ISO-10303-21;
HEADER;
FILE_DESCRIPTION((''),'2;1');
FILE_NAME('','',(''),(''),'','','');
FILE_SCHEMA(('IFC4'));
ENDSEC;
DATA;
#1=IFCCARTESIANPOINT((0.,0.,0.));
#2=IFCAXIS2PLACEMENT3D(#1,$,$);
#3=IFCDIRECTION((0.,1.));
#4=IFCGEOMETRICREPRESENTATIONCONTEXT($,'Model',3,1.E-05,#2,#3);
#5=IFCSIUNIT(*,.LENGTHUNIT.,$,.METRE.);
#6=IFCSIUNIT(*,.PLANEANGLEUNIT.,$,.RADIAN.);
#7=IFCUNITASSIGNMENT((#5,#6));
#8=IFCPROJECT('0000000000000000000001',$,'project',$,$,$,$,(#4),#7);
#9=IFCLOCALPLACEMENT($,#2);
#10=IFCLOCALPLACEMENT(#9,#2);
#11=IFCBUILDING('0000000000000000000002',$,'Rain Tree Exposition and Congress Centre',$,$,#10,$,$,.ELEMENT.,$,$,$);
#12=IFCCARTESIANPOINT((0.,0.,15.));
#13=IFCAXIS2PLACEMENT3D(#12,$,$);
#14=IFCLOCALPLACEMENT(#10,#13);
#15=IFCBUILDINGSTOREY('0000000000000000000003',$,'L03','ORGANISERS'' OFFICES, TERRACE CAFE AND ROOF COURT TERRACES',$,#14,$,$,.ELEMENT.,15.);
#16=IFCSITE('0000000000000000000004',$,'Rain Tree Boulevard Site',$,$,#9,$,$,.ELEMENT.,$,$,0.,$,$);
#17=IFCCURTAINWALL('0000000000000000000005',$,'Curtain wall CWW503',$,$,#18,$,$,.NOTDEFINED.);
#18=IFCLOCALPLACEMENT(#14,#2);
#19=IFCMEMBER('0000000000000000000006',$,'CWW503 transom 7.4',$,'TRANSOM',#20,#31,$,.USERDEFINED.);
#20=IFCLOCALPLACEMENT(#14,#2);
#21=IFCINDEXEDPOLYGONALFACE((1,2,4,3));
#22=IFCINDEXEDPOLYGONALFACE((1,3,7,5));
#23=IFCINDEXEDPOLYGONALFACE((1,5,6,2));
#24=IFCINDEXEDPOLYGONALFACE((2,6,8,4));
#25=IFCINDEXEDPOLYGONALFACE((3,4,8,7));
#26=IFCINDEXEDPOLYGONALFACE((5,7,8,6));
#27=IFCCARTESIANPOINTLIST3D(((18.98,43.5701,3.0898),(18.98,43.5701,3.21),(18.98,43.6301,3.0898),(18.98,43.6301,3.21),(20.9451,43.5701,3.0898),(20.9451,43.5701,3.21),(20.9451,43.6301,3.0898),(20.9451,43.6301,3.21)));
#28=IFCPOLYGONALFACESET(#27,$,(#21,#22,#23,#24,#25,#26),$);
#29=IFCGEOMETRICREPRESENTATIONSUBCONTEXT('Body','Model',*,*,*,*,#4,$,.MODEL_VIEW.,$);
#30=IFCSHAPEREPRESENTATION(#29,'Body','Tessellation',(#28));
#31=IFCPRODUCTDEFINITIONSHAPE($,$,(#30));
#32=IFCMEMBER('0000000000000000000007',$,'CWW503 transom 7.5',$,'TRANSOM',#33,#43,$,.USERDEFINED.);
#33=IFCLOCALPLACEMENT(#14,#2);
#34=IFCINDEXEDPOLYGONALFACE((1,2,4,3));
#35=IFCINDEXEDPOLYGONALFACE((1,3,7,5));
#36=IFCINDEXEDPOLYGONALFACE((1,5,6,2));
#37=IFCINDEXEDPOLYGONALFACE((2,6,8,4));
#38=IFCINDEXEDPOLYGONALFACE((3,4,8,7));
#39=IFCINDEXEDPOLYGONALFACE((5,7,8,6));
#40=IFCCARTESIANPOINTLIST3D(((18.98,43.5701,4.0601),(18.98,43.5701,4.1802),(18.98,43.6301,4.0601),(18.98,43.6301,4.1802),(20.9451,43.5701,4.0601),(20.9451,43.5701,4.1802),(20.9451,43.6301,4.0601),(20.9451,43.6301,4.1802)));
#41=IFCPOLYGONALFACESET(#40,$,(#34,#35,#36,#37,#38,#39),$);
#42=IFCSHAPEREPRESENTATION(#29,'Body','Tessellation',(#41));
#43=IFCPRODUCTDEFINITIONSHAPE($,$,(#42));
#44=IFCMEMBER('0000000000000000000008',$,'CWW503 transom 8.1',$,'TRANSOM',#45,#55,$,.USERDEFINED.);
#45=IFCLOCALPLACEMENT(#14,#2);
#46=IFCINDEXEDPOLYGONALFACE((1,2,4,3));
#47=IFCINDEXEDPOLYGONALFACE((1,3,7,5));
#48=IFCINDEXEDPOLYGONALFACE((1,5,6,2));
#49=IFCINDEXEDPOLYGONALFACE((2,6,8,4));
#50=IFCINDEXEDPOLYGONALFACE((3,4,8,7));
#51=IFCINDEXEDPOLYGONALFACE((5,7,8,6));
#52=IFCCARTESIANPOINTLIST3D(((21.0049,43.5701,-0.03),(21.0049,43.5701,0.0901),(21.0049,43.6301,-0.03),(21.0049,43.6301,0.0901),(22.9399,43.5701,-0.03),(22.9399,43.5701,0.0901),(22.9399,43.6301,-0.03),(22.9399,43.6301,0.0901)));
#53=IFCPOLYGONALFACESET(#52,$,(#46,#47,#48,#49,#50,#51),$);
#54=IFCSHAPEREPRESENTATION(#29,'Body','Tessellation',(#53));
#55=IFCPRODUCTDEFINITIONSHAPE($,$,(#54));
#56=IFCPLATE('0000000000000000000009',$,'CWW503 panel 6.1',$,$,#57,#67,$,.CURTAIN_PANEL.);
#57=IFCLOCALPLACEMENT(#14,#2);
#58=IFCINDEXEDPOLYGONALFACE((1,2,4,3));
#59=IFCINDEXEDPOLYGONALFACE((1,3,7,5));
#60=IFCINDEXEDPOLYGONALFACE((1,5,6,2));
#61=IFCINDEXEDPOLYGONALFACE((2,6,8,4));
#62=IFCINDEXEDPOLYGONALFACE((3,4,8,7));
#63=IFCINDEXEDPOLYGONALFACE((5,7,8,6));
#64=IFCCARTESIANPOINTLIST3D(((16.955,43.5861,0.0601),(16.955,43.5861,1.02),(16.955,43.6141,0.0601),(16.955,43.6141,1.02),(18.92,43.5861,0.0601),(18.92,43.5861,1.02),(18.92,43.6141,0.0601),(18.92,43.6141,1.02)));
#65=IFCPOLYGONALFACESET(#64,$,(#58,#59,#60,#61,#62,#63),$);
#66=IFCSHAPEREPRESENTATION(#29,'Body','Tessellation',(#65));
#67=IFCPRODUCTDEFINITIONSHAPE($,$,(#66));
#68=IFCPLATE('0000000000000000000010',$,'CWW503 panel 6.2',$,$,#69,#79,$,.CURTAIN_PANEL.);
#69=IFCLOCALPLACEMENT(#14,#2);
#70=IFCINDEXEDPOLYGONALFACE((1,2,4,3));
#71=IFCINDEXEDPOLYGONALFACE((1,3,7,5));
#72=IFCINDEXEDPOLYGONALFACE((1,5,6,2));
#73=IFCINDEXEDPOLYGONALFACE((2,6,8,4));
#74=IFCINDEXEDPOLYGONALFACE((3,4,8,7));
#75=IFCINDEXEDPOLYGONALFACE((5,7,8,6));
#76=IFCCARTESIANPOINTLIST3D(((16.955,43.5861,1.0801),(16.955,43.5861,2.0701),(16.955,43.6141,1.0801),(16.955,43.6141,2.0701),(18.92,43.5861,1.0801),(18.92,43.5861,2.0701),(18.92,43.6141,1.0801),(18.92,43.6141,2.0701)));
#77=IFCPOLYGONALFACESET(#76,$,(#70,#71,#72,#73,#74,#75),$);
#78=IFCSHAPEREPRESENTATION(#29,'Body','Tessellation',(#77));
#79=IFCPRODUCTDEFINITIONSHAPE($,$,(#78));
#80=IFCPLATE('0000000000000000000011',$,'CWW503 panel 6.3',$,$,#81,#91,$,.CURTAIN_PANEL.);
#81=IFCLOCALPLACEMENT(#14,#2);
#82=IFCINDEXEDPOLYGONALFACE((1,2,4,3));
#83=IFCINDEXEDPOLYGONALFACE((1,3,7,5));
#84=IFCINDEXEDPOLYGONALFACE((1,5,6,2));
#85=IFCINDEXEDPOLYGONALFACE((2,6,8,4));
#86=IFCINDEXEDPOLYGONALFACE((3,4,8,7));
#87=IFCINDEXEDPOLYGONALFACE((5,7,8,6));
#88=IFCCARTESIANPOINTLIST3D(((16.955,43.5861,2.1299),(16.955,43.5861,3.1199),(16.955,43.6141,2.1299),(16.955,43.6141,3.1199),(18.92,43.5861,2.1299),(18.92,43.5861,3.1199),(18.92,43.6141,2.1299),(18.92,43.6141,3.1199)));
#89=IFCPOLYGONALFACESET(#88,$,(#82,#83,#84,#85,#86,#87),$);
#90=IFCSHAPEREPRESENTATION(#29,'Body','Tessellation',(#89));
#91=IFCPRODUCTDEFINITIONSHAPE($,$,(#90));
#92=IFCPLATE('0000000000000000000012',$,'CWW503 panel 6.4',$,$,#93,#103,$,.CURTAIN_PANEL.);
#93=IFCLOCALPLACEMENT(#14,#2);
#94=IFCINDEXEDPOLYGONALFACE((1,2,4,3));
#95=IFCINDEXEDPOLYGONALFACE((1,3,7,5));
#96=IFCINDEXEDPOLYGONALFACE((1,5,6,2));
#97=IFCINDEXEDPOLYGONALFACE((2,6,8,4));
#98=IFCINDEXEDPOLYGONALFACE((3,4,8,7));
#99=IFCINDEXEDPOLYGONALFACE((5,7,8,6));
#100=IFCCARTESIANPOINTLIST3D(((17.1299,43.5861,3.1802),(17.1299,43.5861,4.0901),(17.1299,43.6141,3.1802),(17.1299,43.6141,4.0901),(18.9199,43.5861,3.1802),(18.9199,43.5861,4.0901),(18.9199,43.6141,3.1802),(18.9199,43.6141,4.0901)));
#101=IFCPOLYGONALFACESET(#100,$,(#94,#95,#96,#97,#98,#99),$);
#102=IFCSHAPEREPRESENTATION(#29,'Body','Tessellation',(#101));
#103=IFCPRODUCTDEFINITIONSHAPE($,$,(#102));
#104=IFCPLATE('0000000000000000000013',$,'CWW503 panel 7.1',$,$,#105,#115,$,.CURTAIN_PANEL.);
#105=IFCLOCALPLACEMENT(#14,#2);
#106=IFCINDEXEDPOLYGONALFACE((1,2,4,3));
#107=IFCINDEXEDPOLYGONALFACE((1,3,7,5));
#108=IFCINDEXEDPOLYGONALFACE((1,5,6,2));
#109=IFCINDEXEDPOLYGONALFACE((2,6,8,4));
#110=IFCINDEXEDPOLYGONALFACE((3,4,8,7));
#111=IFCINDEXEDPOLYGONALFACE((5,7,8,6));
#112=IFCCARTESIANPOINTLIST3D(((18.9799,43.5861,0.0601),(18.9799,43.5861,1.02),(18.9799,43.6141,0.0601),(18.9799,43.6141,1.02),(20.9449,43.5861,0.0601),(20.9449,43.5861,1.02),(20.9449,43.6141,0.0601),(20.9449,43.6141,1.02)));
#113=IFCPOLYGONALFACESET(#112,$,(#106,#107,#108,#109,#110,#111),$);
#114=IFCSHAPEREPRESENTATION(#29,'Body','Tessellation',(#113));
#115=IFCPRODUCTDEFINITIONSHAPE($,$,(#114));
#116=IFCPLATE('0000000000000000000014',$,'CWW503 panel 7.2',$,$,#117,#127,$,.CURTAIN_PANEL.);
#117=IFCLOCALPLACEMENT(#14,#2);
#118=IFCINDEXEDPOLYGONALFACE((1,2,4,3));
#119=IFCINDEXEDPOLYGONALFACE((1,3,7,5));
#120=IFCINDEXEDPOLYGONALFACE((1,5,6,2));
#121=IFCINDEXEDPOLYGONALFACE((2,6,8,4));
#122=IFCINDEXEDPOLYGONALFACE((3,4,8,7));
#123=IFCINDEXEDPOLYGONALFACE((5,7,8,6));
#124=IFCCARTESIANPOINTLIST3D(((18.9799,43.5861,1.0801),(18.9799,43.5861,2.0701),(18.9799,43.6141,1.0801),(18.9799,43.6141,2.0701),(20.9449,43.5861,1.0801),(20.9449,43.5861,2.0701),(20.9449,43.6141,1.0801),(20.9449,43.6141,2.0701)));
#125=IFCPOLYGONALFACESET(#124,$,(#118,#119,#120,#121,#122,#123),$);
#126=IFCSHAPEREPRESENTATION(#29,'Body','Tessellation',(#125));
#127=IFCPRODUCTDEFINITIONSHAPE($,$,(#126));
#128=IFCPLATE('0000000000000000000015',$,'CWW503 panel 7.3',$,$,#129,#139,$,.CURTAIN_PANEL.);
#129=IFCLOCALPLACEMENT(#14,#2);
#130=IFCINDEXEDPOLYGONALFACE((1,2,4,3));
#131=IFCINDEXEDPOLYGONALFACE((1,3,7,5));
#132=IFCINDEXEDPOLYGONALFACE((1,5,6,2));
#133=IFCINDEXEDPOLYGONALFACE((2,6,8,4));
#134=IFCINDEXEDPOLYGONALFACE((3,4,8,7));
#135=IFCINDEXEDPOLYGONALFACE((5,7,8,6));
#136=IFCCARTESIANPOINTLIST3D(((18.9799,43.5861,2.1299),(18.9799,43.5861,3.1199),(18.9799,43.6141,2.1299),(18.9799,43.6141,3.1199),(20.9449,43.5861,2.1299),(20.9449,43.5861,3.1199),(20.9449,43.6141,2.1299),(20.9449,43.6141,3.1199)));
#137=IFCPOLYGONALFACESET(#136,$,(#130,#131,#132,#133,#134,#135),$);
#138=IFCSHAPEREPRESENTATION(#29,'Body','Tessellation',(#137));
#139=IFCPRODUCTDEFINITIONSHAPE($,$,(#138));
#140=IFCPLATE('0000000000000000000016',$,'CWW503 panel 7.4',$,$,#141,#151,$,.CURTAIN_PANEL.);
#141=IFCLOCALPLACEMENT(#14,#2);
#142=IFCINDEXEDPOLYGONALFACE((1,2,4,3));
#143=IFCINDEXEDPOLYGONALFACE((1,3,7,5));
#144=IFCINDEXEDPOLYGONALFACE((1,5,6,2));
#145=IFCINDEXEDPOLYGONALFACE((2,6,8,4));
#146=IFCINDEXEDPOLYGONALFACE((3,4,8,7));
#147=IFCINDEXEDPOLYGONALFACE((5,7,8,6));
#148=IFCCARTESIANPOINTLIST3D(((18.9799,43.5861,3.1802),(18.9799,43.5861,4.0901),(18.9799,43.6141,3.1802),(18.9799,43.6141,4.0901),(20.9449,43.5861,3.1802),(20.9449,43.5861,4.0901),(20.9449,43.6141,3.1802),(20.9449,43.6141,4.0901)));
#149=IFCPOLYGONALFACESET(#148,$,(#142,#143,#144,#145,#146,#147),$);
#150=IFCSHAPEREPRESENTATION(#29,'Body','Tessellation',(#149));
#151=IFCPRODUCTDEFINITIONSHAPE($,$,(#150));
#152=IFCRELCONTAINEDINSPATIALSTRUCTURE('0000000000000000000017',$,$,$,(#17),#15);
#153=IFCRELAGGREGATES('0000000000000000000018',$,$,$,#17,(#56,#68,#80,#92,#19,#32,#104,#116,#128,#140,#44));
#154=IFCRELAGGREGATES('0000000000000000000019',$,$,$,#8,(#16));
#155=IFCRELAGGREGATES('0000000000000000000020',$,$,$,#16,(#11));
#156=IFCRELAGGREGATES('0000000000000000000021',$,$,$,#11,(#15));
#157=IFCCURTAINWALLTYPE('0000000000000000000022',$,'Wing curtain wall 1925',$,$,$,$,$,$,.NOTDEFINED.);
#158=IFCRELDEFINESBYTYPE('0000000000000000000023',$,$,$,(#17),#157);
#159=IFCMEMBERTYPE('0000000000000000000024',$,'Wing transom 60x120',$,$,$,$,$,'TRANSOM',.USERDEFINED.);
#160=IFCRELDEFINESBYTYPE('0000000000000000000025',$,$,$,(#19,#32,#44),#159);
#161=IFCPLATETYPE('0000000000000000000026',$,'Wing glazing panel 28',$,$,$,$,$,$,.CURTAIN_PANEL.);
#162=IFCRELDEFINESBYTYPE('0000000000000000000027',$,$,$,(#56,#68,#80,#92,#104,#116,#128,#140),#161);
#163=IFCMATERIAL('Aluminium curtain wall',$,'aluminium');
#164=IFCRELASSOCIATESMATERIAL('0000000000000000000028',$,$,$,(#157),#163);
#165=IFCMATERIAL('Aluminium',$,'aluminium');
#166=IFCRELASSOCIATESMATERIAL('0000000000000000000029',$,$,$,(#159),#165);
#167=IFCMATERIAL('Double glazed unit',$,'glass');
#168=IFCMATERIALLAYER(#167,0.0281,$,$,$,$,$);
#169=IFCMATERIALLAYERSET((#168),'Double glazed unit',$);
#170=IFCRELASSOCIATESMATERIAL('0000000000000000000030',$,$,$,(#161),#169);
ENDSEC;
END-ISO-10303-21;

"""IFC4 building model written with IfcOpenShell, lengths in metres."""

from ifc_helpers import new_model, si_unit, direction, frame, origin, origin_2d, place, context, subcontext, project, spatial, rectangle, extrude, material, layer, layer_set, material_profile, profile_set, type_object, element, aggregate, save


model = new_model("IFC4")

# Units and contexts
model_context = context("Model", 3, precision=1e-05, world=origin(), true_north=direction((0.0, 1.0)))
body_context = subcontext(model_context, "Body", "Model", "MODEL_VIEW")
ifc_project = project(units=[si_unit("LENGTHUNIT", "METRE"), si_unit("PLANEANGLEUNIT", "RADIAN")], contexts=[model_context])

# Site, building, storey
site_placement = place(None, origin())
site = spatial("IfcSite", under=ifc_project, at=site_placement, Name="Rain Tree Boulevard Site", CompositionType="ELEMENT", RefElevation=0.0)
building_placement = place(site_placement, origin())
building = spatial("IfcBuilding", under=site, at=building_placement, Name="Rain Tree Exposition and Congress Centre", CompositionType="ELEMENT")
storey_placement = place(building_placement, frame((0.0, 0.0, 15.0)))
storey = spatial("IfcBuildingStorey", under=building, at=storey_placement, Name="L03", Description="ORGANISERS' OFFICES, TERRACE CAFE AND ROOF COURT TERRACES", CompositionType="ELEMENT", Elevation=15.0)

# Curtain wall, members, plates
ifc_material_1 = material(Name="Aluminium curtain wall", Category="aluminium")
curtain_wall_type = type_object("IfcCurtainWallType", Name="Wing curtain wall 1925", PredefinedType="NOTDEFINED", material=ifc_material_1)
curtain_wall_placement = place(storey_placement, origin())
curtain_wall = element("IfcCurtainWall", 1, at=curtain_wall_placement, inside=storey, type_object=curtain_wall_type, Name="Curtain wall CWW503", PredefinedType="NOTDEFINED")
ifc_material_2 = material(Name="Aluminium", Category="aluminium")
ifc_material_profile_1 = material_profile(ifc_material_2, rectangle(XDim=0.0601, YDim=0.1201, at=origin_2d()), Name="Aluminium 60x120")
ifc_profile_set_1 = profile_set([ifc_material_profile_1], Name="Aluminium")
member_type_1 = type_object("IfcMemberType", Name="Wing transom 60x120", ElementType="TRANSOM", PredefinedType="USERDEFINED", material=ifc_profile_set_1)
member_1_placement = place(storey_placement, frame((18.98, 43.6001, 3.1499), z_axis=(1.0, 0.0, 0.0), x_axis=(0.0, 1.0, 0.0)))
member_1 = element("IfcMember", 2, at=member_1_placement, type_object=member_type_1, Name="CWW503 transom 7.4", ObjectType="TRANSOM", PredefinedType="USERDEFINED", context=body_context, shape_type="SweptSolid", body=[
    extrude(rectangle(XDim=0.0601, YDim=0.1201, at=origin_2d()), origin(), (0.0, 0.0, 1.0), 1.9651),
])
member_2_placement = place(storey_placement, frame((18.98, 43.6001, 4.1201), z_axis=(1.0, 0.0, 0.0), x_axis=(0.0, 1.0, 0.0)))
member_2 = element("IfcMember", 3, at=member_2_placement, type_object=member_type_1, Name="CWW503 transom 7.5", ObjectType="TRANSOM", PredefinedType="USERDEFINED", context=body_context, shape_type="SweptSolid", body=[
    extrude(rectangle(XDim=0.0601, YDim=0.1201, at=origin_2d()), origin(), (0.0, 0.0, 1.0), 1.9651),
])
member_3_placement = place(storey_placement, frame((21.0049, 43.6001, 0.03), z_axis=(1.0, 0.0, 0.0), x_axis=(0.0, 1.0, 0.0)))
member_3 = element("IfcMember", 4, at=member_3_placement, type_object=member_type_1, Name="CWW503 transom 8.1", ObjectType="TRANSOM", PredefinedType="USERDEFINED", context=body_context, shape_type="SweptSolid", body=[
    extrude(rectangle(XDim=0.0601, YDim=0.1201, at=origin_2d()), origin(), (0.0, 0.0, 1.0), 1.9351),
])
ifc_material_3 = material(Name="Double glazed unit", Category="glass")
ifc_layer = layer(ifc_material_3, 0.0281)
ifc_layer_set = layer_set([ifc_layer], Name="Double glazed unit")
plate_type = type_object("IfcPlateType", Name="Wing glazing panel 28", PredefinedType="CURTAIN_PANEL", material=ifc_layer_set)
plate_1_placement = place(storey_placement, frame((17.9375, 43.6001, 0.0601), z_axis=(0.0, 0.0, 1.0), x_axis=(1.0, 0.0, 0.0)))
plate_1 = element("IfcPlate", 5, at=plate_1_placement, type_object=plate_type, Name="CWW503 panel 6.1", PredefinedType="CURTAIN_PANEL", context=body_context, shape_type="SweptSolid", body=[
    extrude(rectangle(XDim=1.9651, YDim=0.0281, at=origin_2d()), origin(), (0.0, 0.0, 1.0), 0.96),
])
plate_2_placement = place(storey_placement, frame((17.9375, 43.6001, 1.0801), z_axis=(0.0, 0.0, 1.0), x_axis=(1.0, 0.0, 0.0)))
plate_2 = element("IfcPlate", 6, at=plate_2_placement, type_object=plate_type, Name="CWW503 panel 6.2", PredefinedType="CURTAIN_PANEL", context=body_context, shape_type="SweptSolid", body=[
    extrude(rectangle(XDim=1.9651, YDim=0.0281, at=origin_2d()), origin(), (0.0, 0.0, 1.0), 0.99),
])
plate_3_placement = place(storey_placement, frame((17.9375, 43.6001, 2.1299), z_axis=(0.0, 0.0, 1.0), x_axis=(1.0, 0.0, 0.0)))
plate_3 = element("IfcPlate", 7, at=plate_3_placement, type_object=plate_type, Name="CWW503 panel 6.3", PredefinedType="CURTAIN_PANEL", context=body_context, shape_type="SweptSolid", body=[
    extrude(rectangle(XDim=1.9651, YDim=0.0281, at=origin_2d()), origin(), (0.0, 0.0, 1.0), 0.99),
])
plate_4_placement = place(storey_placement, frame((18.0249, 43.6001, 3.1802), z_axis=(0.0, 0.0, 1.0), x_axis=(1.0, 0.0, 0.0)))
plate_4 = element("IfcPlate", 8, at=plate_4_placement, type_object=plate_type, Name="CWW503 panel 6.4", PredefinedType="CURTAIN_PANEL", context=body_context, shape_type="SweptSolid", body=[
    extrude(rectangle(XDim=1.79, YDim=0.0281, at=origin_2d()), origin(), (0.0, 0.0, 1.0), 0.9099),
])
plate_5_placement = place(storey_placement, frame((19.9624, 43.6001, 0.0601), z_axis=(0.0, 0.0, 1.0), x_axis=(1.0, 0.0, 0.0)))
plate_5 = element("IfcPlate", 9, at=plate_5_placement, type_object=plate_type, Name="CWW503 panel 7.1", PredefinedType="CURTAIN_PANEL", context=body_context, shape_type="SweptSolid", body=[
    extrude(rectangle(XDim=1.9651, YDim=0.0281, at=origin_2d()), origin(), (0.0, 0.0, 1.0), 0.96),
])
plate_6_placement = place(storey_placement, frame((19.9624, 43.6001, 1.0801), z_axis=(0.0, 0.0, 1.0), x_axis=(1.0, 0.0, 0.0)))
plate_6 = element("IfcPlate", 10, at=plate_6_placement, type_object=plate_type, Name="CWW503 panel 7.2", PredefinedType="CURTAIN_PANEL", context=body_context, shape_type="SweptSolid", body=[
    extrude(rectangle(XDim=1.9651, YDim=0.0281, at=origin_2d()), origin(), (0.0, 0.0, 1.0), 0.99),
])
plate_7_placement = place(storey_placement, frame((19.9624, 43.6001, 2.1299), z_axis=(0.0, 0.0, 1.0), x_axis=(1.0, 0.0, 0.0)))
plate_7 = element("IfcPlate", 11, at=plate_7_placement, type_object=plate_type, Name="CWW503 panel 7.3", PredefinedType="CURTAIN_PANEL", context=body_context, shape_type="SweptSolid", body=[
    extrude(rectangle(XDim=1.9651, YDim=0.0281, at=origin_2d()), origin(), (0.0, 0.0, 1.0), 0.99),
])
plate_8_placement = place(storey_placement, frame((19.9624, 43.6001, 3.1802), z_axis=(0.0, 0.0, 1.0), x_axis=(1.0, 0.0, 0.0)))
plate_8 = element("IfcPlate", 12, at=plate_8_placement, type_object=plate_type, Name="CWW503 panel 7.4", PredefinedType="CURTAIN_PANEL", context=body_context, shape_type="SweptSolid", body=[
    extrude(rectangle(XDim=1.9651, YDim=0.0281, at=origin_2d()), origin(), (0.0, 0.0, 1.0), 0.9099),
])
aggregate(curtain_wall, [plate_1, plate_2, plate_3, plate_4, member_1, member_2, plate_5, plate_6, plate_7, plate_8, member_3])

save(model, "model.ifc")
